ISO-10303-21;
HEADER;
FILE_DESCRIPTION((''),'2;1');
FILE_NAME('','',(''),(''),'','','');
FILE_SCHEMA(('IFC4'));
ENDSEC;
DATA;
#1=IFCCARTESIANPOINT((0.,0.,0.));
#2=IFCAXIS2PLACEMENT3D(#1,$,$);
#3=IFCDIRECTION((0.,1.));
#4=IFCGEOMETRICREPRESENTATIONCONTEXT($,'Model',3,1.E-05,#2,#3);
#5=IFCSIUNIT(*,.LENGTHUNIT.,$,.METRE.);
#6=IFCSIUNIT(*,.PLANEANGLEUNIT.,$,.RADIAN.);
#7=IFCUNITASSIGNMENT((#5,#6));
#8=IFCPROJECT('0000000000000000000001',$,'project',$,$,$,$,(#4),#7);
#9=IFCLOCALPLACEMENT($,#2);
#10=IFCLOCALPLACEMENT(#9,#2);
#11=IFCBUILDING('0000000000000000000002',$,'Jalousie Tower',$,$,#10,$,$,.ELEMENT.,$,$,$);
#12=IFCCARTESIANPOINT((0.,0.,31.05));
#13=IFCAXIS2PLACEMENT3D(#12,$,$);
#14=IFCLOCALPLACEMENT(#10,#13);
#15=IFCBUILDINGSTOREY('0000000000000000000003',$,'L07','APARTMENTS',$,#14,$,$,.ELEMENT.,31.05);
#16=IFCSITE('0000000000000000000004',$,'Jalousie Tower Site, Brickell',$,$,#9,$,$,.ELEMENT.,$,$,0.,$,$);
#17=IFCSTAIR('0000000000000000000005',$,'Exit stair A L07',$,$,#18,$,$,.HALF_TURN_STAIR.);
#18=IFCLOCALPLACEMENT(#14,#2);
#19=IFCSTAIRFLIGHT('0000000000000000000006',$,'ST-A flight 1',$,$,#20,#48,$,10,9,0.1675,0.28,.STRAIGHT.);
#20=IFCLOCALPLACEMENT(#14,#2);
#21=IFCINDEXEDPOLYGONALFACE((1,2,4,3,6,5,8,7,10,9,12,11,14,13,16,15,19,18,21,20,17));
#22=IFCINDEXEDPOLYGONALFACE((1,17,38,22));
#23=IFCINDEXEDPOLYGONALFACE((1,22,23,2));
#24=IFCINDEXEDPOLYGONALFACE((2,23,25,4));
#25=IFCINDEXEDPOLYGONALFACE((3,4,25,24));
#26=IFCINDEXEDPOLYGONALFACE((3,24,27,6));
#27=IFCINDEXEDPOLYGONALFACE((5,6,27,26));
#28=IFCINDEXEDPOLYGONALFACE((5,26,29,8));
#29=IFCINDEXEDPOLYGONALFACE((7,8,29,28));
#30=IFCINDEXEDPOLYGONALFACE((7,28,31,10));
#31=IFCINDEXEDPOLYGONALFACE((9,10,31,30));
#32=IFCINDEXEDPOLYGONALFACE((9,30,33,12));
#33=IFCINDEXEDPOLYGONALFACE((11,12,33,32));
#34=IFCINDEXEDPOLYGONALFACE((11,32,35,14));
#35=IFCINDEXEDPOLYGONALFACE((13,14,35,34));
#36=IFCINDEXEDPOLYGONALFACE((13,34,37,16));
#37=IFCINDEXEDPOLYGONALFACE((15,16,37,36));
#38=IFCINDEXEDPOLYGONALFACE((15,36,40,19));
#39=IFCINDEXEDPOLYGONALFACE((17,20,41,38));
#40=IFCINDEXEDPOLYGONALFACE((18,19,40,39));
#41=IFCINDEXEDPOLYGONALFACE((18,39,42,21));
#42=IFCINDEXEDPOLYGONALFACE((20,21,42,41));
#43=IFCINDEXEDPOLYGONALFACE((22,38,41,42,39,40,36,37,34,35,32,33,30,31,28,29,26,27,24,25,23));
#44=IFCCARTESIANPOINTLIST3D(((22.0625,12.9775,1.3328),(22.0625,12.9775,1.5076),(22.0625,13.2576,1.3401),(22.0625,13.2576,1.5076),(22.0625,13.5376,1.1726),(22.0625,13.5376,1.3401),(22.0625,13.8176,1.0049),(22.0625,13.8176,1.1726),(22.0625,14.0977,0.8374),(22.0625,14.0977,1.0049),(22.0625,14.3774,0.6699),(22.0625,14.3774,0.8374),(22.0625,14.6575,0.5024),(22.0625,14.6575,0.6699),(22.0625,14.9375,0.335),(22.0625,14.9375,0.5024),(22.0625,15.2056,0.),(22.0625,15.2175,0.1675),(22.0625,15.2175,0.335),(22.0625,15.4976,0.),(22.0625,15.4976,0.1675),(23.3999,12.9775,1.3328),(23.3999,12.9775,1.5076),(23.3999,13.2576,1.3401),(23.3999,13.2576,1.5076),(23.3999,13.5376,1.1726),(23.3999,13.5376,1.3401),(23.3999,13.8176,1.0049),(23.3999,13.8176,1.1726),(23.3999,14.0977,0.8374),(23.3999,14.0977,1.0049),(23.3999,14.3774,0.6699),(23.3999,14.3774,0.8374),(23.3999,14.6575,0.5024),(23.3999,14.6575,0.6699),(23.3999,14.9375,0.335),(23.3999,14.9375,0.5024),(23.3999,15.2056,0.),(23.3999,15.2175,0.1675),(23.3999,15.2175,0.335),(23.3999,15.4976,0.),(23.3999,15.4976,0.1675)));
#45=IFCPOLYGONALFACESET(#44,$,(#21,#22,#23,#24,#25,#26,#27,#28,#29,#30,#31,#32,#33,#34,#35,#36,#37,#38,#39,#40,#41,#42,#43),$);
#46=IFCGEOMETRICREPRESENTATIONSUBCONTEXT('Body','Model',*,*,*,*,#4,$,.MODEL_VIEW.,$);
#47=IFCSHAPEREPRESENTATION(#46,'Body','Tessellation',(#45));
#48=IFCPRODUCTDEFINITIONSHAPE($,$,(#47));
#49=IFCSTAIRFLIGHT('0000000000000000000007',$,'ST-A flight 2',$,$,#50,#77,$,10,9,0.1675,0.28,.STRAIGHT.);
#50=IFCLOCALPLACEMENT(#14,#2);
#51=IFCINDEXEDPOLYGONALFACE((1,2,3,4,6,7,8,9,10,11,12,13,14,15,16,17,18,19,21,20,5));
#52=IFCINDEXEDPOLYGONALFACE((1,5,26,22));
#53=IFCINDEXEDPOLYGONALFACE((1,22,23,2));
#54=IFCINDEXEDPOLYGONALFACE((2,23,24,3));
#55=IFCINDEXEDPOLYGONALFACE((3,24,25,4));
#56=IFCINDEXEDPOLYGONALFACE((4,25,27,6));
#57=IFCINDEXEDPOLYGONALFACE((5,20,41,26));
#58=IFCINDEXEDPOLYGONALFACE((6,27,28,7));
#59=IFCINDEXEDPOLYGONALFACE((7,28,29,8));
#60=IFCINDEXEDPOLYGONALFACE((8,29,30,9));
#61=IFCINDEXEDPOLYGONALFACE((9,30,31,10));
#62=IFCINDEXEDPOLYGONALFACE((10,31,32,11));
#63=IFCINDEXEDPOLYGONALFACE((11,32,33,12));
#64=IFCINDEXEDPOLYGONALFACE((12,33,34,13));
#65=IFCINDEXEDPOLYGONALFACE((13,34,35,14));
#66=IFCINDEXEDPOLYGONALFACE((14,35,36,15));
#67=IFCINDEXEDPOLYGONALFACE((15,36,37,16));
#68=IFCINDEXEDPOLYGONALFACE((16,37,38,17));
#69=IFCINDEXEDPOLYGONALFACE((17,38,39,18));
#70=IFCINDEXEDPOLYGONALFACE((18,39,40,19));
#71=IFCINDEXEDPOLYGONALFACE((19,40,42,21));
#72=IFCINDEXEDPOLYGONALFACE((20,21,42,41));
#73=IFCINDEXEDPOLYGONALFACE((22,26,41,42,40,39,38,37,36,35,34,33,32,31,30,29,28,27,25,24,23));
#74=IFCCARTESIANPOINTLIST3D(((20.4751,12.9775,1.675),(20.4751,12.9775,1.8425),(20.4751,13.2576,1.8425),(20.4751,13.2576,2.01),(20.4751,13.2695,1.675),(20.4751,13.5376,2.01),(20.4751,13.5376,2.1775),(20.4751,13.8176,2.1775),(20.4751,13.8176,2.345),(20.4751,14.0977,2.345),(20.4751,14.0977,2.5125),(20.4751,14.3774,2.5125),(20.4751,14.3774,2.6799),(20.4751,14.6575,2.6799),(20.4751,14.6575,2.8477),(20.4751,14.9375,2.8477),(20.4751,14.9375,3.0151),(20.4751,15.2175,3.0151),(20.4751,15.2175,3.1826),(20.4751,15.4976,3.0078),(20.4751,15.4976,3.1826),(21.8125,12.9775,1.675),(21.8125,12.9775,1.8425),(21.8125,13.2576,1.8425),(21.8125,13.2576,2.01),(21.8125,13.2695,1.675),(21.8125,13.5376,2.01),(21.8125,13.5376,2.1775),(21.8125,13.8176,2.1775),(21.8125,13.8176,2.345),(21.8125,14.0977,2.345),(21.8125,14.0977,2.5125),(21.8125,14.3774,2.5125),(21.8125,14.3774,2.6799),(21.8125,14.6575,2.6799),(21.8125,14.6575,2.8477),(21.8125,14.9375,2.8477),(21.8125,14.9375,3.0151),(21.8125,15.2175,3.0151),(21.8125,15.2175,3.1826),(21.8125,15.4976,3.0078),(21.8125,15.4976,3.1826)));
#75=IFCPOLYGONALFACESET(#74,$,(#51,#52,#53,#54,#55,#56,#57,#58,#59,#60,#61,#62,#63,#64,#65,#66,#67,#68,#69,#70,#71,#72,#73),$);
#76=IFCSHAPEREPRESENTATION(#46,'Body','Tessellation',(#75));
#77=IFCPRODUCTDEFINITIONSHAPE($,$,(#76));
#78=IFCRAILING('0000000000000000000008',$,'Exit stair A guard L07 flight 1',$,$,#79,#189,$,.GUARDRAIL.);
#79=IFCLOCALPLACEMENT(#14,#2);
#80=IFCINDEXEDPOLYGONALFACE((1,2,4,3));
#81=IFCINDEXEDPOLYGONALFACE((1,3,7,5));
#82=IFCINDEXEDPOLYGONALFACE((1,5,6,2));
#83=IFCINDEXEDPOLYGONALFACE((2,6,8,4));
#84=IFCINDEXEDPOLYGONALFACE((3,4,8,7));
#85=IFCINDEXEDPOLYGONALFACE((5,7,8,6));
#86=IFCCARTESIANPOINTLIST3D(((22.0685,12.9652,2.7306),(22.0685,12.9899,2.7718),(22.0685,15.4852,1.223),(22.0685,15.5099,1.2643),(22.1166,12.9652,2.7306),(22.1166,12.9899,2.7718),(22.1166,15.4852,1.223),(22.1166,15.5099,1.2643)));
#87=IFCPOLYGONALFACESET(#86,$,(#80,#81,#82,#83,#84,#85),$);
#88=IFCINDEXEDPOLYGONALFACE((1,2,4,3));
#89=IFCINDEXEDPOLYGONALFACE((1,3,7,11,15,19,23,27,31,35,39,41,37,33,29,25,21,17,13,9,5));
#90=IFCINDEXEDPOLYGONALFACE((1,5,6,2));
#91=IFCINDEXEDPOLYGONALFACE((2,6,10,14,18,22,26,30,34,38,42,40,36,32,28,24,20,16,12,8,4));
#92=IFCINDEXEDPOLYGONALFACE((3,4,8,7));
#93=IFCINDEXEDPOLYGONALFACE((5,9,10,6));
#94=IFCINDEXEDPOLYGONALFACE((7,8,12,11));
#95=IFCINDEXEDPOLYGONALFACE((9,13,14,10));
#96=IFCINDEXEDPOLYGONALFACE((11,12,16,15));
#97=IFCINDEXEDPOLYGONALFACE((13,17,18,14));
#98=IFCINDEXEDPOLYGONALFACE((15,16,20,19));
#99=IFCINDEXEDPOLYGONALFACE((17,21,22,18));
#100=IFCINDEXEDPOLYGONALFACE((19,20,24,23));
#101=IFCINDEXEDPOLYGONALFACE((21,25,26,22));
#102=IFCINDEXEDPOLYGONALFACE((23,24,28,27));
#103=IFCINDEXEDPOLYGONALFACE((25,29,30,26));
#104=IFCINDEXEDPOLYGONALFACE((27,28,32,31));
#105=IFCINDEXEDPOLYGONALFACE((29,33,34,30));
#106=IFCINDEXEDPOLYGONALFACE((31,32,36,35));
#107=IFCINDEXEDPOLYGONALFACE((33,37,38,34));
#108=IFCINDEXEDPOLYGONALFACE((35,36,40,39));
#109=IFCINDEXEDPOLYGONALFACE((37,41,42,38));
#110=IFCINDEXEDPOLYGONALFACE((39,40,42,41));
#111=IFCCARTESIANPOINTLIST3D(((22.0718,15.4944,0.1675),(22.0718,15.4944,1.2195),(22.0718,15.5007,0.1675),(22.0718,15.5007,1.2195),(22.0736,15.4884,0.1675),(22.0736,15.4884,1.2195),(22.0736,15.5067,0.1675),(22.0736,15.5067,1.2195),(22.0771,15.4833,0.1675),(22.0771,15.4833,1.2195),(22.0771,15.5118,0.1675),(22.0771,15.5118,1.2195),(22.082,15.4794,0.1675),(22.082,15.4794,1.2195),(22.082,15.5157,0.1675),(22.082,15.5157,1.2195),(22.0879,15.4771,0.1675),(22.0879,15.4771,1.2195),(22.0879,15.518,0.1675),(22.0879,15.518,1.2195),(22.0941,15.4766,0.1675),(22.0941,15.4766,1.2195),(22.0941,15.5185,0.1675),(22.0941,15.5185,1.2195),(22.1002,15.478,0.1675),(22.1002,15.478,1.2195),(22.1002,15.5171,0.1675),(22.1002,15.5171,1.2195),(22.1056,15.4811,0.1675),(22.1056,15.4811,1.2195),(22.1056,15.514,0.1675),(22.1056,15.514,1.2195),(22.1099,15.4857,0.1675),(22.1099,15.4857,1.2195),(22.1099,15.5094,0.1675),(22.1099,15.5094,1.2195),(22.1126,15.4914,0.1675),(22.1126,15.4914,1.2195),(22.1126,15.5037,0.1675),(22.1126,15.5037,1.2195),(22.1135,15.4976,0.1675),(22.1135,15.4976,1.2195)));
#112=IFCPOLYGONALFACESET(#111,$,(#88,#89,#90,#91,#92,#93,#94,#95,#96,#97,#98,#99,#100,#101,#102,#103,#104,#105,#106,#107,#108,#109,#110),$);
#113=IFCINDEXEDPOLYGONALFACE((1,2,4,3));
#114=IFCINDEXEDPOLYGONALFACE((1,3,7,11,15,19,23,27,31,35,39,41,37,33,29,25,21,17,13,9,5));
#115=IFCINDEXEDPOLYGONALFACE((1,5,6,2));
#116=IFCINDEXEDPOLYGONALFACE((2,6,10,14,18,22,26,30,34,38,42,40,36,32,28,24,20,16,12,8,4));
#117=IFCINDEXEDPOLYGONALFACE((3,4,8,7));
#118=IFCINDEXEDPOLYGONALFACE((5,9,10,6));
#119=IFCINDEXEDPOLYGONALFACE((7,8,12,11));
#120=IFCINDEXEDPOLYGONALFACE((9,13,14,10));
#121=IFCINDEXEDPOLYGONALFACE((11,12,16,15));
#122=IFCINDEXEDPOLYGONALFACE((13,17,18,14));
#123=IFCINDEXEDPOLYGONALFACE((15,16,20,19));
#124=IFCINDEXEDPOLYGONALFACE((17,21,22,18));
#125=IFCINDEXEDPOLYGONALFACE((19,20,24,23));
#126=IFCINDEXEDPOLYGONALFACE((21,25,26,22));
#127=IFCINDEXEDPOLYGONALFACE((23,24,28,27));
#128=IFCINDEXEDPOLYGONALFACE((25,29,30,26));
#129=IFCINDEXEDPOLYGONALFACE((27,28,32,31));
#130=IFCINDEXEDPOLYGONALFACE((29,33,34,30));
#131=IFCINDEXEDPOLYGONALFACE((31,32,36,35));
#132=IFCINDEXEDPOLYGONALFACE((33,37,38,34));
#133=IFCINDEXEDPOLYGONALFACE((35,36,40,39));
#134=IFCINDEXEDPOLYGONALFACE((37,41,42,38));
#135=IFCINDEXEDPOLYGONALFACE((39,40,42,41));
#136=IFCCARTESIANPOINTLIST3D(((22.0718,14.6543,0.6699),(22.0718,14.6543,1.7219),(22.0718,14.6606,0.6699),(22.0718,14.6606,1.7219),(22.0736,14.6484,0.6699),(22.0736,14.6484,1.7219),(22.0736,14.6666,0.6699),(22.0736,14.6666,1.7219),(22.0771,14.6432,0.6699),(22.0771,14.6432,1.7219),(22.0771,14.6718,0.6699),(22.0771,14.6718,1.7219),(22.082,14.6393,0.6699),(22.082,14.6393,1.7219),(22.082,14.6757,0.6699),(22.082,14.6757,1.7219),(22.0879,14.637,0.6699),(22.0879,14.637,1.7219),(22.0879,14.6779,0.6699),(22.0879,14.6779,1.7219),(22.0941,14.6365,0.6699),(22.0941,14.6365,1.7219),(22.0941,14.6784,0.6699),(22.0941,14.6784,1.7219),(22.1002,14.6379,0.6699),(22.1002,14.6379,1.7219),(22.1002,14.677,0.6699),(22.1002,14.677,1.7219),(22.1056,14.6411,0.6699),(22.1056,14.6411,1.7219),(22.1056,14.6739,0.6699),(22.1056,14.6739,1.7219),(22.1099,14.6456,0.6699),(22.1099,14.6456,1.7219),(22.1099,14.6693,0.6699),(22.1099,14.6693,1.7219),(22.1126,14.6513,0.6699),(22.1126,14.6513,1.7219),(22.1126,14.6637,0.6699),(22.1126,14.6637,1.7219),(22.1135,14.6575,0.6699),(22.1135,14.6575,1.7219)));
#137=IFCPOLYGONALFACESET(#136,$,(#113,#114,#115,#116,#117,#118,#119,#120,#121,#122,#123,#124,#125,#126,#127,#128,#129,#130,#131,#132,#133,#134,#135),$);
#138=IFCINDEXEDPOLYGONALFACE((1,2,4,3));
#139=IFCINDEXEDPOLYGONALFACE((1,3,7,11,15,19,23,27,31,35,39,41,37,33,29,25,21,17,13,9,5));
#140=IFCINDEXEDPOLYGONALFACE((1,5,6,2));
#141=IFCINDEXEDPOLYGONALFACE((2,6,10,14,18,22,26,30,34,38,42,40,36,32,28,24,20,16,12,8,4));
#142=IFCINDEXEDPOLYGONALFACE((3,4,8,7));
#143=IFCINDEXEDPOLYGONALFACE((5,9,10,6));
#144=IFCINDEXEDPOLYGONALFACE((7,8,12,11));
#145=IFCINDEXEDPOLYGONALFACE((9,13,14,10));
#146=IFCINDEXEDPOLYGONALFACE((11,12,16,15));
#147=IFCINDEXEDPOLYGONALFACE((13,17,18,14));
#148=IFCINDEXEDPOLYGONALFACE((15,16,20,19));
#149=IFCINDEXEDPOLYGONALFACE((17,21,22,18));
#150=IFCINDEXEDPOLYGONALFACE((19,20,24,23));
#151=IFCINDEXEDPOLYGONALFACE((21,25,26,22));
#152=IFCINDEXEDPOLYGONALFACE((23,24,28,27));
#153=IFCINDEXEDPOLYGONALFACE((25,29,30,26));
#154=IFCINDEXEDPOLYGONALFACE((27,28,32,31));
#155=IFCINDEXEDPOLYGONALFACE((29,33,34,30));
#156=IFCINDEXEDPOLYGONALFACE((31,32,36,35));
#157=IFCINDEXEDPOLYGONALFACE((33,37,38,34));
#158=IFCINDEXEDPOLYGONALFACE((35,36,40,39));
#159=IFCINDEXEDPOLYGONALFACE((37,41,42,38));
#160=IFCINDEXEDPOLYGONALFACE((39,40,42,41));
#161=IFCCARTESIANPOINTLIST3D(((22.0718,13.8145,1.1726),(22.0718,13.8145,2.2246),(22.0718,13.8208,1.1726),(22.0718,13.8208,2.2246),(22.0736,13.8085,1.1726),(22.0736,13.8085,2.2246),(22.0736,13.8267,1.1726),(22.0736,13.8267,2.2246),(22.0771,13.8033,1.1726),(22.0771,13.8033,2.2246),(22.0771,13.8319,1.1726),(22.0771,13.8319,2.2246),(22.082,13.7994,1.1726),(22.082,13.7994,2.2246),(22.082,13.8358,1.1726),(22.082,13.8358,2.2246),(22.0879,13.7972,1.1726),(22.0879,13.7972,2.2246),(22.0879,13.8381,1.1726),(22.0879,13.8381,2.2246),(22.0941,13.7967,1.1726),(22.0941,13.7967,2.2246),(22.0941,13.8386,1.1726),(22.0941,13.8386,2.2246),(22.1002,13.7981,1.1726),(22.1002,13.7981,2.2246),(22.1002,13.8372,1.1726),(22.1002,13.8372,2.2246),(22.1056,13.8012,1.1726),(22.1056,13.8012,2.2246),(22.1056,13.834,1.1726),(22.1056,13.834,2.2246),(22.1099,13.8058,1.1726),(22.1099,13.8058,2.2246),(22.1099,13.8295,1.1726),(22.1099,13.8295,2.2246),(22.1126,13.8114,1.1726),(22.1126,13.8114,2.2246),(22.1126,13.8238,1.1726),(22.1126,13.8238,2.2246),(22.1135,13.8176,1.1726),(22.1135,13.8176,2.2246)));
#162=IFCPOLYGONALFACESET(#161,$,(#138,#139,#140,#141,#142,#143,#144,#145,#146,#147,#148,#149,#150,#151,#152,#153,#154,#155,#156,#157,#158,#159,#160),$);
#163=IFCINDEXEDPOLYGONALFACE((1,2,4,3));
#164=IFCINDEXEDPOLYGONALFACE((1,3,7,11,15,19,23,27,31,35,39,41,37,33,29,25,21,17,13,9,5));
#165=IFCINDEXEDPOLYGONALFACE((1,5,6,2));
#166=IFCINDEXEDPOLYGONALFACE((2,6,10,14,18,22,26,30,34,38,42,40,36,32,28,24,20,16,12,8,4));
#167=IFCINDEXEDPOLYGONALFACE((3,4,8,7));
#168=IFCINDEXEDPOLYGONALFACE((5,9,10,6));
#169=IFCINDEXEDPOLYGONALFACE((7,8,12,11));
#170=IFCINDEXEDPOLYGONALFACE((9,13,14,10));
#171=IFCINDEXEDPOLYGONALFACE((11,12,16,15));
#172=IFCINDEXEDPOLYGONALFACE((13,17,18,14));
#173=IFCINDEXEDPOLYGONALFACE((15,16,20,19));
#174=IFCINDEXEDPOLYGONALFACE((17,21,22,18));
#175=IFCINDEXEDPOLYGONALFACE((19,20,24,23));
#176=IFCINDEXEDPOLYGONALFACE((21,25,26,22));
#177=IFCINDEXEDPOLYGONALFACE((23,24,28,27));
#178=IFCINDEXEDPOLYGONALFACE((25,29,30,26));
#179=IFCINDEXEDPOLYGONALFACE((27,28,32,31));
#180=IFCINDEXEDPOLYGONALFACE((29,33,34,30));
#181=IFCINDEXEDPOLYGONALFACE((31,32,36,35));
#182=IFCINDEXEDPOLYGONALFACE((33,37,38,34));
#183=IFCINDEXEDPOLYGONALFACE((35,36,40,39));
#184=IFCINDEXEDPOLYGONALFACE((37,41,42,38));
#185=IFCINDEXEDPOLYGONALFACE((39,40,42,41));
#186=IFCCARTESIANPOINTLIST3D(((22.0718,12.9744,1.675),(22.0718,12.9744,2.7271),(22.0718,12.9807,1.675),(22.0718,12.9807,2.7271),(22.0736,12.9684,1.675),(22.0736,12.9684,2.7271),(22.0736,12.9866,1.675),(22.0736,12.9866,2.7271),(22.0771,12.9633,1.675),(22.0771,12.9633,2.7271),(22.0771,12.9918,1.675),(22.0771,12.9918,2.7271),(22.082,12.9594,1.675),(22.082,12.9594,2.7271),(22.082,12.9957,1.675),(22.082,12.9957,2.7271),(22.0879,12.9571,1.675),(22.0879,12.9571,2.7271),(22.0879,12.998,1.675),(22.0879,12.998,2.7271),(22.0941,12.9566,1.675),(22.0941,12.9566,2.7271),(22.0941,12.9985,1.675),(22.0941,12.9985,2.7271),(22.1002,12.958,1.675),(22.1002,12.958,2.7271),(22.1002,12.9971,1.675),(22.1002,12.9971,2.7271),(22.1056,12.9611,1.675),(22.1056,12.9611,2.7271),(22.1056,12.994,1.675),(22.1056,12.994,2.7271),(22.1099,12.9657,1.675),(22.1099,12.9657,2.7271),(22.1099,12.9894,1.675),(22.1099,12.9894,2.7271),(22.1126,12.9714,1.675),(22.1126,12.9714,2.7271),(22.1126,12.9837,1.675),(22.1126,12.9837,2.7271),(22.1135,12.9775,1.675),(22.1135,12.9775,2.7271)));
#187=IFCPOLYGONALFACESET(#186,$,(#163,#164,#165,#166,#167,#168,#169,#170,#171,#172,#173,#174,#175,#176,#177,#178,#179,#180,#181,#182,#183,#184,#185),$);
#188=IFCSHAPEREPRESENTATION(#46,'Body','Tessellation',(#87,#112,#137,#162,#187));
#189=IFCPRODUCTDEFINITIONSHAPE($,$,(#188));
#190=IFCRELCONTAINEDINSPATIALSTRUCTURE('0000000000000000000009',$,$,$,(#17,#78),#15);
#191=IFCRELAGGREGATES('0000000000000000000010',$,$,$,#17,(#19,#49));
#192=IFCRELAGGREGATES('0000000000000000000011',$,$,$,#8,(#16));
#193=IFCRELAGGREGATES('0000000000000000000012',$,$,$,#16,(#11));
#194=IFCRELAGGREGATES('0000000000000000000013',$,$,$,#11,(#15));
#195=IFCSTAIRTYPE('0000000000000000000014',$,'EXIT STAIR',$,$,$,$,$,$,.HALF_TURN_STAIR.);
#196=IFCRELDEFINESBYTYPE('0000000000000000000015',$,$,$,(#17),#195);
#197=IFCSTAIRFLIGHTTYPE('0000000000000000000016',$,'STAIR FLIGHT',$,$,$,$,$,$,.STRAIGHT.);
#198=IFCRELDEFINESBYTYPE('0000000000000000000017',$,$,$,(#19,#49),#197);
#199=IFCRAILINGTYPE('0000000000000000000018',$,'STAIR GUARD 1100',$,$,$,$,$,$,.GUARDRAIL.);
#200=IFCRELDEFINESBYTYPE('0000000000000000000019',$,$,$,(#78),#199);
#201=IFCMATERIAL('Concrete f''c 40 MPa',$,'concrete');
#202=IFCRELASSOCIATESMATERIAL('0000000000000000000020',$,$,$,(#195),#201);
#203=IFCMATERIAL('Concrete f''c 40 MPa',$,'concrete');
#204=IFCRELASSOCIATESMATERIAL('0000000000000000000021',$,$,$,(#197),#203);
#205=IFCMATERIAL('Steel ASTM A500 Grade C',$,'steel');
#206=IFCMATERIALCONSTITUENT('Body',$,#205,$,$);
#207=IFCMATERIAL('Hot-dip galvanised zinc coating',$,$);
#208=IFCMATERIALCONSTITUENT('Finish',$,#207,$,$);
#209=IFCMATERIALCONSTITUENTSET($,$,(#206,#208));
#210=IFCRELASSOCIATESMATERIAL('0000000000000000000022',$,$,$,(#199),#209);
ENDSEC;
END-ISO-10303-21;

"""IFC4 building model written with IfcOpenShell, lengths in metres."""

from ifc_helpers import new_model, si_unit, direction, frame, origin, origin_2d, place, context, subcontext, project, spatial, polyline, rectangle, circle, outline, extrude, material, constituent, constituent_set, type_object, element, aggregate, save


model = new_model("IFC4")

# Units and contexts
model_context = context("Model", 3, precision=1e-05, world=origin(), true_north=direction((0.0, 1.0)))
body_context = subcontext(model_context, "Body", "Model", "MODEL_VIEW")
ifc_project = project(units=[si_unit("LENGTHUNIT", "METRE"), si_unit("PLANEANGLEUNIT", "RADIAN")], contexts=[model_context])

# Site, building, storey
site_placement = place(None, origin())
site = spatial("IfcSite", under=ifc_project, at=site_placement, Name="Jalousie Tower Site, Brickell", CompositionType="ELEMENT", RefElevation=0.0)
building_placement = place(site_placement, origin())
building = spatial("IfcBuilding", under=site, at=building_placement, Name="Jalousie Tower", CompositionType="ELEMENT")
storey_placement = place(building_placement, frame((0.0, 0.0, 31.05)))
storey = spatial("IfcBuildingStorey", under=building, at=storey_placement, Name="L07", Description="APARTMENTS", CompositionType="ELEMENT", Elevation=31.05)

# Stair, stair flights
ifc_material_1 = material(Name="Concrete f'c 40 MPa", Category="concrete")
stair_type = type_object("IfcStairType", Name="EXIT STAIR", PredefinedType="HALF_TURN_STAIR", material=ifc_material_1)
stair_placement = place(storey_placement, origin())
stair = element("IfcStair", 1, at=stair_placement, inside=storey, type_object=stair_type, Name="Exit stair A L07", PredefinedType="HALF_TURN_STAIR")
ifc_material_2 = material(Name="Concrete f'c 40 MPa", Category="concrete")
stair_flight_type = type_object("IfcStairFlightType", Name="STAIR FLIGHT", PredefinedType="STRAIGHT", material=ifc_material_2)
stair_flight_1_placement = place(storey_placement, frame((22.7312, 15.4976, 0.0), z_axis=(0.0, 0.0, 1.0), x_axis=(0.0, -1.0, 0.0)))
stair_flight_1 = element("IfcStairFlight", 2, at=stair_flight_1_placement, type_object=stair_flight_type, Name="ST-A flight 1", NumberOfRisers=10, NumberOfTreads=9, PredefinedType="STRAIGHT", RiserHeight=0.1675, TreadLength=0.28, context=body_context, shape_type="SweptSolid", body=[
    extrude(outline(polyline([(0.0, 0.0), (0.0, 0.1675), (0.28, 0.1675), (0.28, 0.335), (0.5601, 0.335), (0.5601, 0.5024), (0.8401, 0.5024), (0.8401, 0.6699), (1.1201, 0.6699), (1.1201, 0.8374), (1.3999, 0.8374), (1.3999, 1.0049), (1.6799, 1.0049), (1.6799, 1.1726), (1.96, 1.1726), (1.96, 1.3401), (2.24, 1.3401), (2.24, 1.5076), (2.52, 1.5076), (2.52, 1.675), (2.52, 1.3328), (0.292, 0.0), (0.0, 0.0)])), frame((0.0, 0.6687, 0.0), z_axis=(0.0, -1.0, 0.0), x_axis=(1.0, 0.0, 0.0)), (0.0, 0.0, 1.0), 1.3374),
])
stair_flight_2_placement = place(storey_placement, frame((21.1438, 12.9775, 1.675), z_axis=(0.0, 0.0, 1.0), x_axis=(0.0, 1.0, 0.0)))
stair_flight_2 = element("IfcStairFlight", 3, at=stair_flight_2_placement, type_object=stair_flight_type, Name="ST-A flight 2", NumberOfRisers=10, NumberOfTreads=9, PredefinedType="STRAIGHT", RiserHeight=0.1675, TreadLength=0.28, context=body_context, shape_type="SweptSolid", body=[
    extrude(outline(polyline([(0.0, 0.0), (0.0, 0.1675), (0.28, 0.1675), (0.28, 0.335), (0.5601, 0.335), (0.5601, 0.5024), (0.8401, 0.5024), (0.8401, 0.6699), (1.1201, 0.6699), (1.1201, 0.8374), (1.3999, 0.8374), (1.3999, 1.0049), (1.6799, 1.0049), (1.6799, 1.1726), (1.96, 1.1726), (1.96, 1.3401), (2.24, 1.3401), (2.24, 1.5076), (2.52, 1.5076), (2.52, 1.675), (2.52, 1.3328), (0.292, 0.0), (0.0, 0.0)])), frame((0.0, 0.6687, 0.0), z_axis=(0.0, -1.0, 0.0), x_axis=(1.0, 0.0, 0.0)), (0.0, 0.0, 1.0), 1.3374),
])
aggregate(stair, [stair_flight_1, stair_flight_2])

# Railing
ifc_material_3 = material(Name="Steel ASTM A500 Grade C", Category="steel")
ifc_constituent_1 = constituent(ifc_material_3, Name="Body")
ifc_material_4 = material(Name="Hot-dip galvanised zinc coating")
ifc_constituent_2 = constituent(ifc_material_4, Name="Finish")
ifc_constituent_set_1 = constituent_set(constituents=[ifc_constituent_1, ifc_constituent_2])
railing_type_1 = type_object("IfcRailingType", Name="STAIR GUARD 1100", PredefinedType="GUARDRAIL", material=ifc_constituent_set_1)
railing_1_placement = place(storey_placement, frame((22.0925, 15.4976, 0.1675)))
element("IfcRailing", 4, at=railing_1_placement, inside=storey, type_object=railing_type_1, Name="Exit stair A guard L07 flight 1", PredefinedType="GUARDRAIL", context=body_context, shape_type="SweptSolid", body=[
    extrude(rectangle(XDim=0.0481, YDim=0.0481, at=origin_2d()), frame((0.0, 0.0, 1.0762), z_axis=(0.0, -0.85816, 0.513383), x_axis=(1.0, 0.0, 0.0)), (0.0, 0.0, 1.0), 2.9365),
    extrude(circle(Radius=0.021, at=origin_2d()), origin(), (0.0, 0.0, 1.0), 1.052),
    extrude(circle(Radius=0.021, at=origin_2d()), frame((0.0, -0.8401, 0.5024)), (0.0, 0.0, 1.0), 1.052),
    extrude(circle(Radius=0.021, at=origin_2d()), frame((0.0, -1.6799, 1.0051)), (0.0, 0.0, 1.0), 1.052),
    extrude(circle(Radius=0.021, at=origin_2d()), frame((0.0, -2.52, 1.5076)), (0.0, 0.0, 1.0), 1.052),
])

save(model, "model.ifc")
